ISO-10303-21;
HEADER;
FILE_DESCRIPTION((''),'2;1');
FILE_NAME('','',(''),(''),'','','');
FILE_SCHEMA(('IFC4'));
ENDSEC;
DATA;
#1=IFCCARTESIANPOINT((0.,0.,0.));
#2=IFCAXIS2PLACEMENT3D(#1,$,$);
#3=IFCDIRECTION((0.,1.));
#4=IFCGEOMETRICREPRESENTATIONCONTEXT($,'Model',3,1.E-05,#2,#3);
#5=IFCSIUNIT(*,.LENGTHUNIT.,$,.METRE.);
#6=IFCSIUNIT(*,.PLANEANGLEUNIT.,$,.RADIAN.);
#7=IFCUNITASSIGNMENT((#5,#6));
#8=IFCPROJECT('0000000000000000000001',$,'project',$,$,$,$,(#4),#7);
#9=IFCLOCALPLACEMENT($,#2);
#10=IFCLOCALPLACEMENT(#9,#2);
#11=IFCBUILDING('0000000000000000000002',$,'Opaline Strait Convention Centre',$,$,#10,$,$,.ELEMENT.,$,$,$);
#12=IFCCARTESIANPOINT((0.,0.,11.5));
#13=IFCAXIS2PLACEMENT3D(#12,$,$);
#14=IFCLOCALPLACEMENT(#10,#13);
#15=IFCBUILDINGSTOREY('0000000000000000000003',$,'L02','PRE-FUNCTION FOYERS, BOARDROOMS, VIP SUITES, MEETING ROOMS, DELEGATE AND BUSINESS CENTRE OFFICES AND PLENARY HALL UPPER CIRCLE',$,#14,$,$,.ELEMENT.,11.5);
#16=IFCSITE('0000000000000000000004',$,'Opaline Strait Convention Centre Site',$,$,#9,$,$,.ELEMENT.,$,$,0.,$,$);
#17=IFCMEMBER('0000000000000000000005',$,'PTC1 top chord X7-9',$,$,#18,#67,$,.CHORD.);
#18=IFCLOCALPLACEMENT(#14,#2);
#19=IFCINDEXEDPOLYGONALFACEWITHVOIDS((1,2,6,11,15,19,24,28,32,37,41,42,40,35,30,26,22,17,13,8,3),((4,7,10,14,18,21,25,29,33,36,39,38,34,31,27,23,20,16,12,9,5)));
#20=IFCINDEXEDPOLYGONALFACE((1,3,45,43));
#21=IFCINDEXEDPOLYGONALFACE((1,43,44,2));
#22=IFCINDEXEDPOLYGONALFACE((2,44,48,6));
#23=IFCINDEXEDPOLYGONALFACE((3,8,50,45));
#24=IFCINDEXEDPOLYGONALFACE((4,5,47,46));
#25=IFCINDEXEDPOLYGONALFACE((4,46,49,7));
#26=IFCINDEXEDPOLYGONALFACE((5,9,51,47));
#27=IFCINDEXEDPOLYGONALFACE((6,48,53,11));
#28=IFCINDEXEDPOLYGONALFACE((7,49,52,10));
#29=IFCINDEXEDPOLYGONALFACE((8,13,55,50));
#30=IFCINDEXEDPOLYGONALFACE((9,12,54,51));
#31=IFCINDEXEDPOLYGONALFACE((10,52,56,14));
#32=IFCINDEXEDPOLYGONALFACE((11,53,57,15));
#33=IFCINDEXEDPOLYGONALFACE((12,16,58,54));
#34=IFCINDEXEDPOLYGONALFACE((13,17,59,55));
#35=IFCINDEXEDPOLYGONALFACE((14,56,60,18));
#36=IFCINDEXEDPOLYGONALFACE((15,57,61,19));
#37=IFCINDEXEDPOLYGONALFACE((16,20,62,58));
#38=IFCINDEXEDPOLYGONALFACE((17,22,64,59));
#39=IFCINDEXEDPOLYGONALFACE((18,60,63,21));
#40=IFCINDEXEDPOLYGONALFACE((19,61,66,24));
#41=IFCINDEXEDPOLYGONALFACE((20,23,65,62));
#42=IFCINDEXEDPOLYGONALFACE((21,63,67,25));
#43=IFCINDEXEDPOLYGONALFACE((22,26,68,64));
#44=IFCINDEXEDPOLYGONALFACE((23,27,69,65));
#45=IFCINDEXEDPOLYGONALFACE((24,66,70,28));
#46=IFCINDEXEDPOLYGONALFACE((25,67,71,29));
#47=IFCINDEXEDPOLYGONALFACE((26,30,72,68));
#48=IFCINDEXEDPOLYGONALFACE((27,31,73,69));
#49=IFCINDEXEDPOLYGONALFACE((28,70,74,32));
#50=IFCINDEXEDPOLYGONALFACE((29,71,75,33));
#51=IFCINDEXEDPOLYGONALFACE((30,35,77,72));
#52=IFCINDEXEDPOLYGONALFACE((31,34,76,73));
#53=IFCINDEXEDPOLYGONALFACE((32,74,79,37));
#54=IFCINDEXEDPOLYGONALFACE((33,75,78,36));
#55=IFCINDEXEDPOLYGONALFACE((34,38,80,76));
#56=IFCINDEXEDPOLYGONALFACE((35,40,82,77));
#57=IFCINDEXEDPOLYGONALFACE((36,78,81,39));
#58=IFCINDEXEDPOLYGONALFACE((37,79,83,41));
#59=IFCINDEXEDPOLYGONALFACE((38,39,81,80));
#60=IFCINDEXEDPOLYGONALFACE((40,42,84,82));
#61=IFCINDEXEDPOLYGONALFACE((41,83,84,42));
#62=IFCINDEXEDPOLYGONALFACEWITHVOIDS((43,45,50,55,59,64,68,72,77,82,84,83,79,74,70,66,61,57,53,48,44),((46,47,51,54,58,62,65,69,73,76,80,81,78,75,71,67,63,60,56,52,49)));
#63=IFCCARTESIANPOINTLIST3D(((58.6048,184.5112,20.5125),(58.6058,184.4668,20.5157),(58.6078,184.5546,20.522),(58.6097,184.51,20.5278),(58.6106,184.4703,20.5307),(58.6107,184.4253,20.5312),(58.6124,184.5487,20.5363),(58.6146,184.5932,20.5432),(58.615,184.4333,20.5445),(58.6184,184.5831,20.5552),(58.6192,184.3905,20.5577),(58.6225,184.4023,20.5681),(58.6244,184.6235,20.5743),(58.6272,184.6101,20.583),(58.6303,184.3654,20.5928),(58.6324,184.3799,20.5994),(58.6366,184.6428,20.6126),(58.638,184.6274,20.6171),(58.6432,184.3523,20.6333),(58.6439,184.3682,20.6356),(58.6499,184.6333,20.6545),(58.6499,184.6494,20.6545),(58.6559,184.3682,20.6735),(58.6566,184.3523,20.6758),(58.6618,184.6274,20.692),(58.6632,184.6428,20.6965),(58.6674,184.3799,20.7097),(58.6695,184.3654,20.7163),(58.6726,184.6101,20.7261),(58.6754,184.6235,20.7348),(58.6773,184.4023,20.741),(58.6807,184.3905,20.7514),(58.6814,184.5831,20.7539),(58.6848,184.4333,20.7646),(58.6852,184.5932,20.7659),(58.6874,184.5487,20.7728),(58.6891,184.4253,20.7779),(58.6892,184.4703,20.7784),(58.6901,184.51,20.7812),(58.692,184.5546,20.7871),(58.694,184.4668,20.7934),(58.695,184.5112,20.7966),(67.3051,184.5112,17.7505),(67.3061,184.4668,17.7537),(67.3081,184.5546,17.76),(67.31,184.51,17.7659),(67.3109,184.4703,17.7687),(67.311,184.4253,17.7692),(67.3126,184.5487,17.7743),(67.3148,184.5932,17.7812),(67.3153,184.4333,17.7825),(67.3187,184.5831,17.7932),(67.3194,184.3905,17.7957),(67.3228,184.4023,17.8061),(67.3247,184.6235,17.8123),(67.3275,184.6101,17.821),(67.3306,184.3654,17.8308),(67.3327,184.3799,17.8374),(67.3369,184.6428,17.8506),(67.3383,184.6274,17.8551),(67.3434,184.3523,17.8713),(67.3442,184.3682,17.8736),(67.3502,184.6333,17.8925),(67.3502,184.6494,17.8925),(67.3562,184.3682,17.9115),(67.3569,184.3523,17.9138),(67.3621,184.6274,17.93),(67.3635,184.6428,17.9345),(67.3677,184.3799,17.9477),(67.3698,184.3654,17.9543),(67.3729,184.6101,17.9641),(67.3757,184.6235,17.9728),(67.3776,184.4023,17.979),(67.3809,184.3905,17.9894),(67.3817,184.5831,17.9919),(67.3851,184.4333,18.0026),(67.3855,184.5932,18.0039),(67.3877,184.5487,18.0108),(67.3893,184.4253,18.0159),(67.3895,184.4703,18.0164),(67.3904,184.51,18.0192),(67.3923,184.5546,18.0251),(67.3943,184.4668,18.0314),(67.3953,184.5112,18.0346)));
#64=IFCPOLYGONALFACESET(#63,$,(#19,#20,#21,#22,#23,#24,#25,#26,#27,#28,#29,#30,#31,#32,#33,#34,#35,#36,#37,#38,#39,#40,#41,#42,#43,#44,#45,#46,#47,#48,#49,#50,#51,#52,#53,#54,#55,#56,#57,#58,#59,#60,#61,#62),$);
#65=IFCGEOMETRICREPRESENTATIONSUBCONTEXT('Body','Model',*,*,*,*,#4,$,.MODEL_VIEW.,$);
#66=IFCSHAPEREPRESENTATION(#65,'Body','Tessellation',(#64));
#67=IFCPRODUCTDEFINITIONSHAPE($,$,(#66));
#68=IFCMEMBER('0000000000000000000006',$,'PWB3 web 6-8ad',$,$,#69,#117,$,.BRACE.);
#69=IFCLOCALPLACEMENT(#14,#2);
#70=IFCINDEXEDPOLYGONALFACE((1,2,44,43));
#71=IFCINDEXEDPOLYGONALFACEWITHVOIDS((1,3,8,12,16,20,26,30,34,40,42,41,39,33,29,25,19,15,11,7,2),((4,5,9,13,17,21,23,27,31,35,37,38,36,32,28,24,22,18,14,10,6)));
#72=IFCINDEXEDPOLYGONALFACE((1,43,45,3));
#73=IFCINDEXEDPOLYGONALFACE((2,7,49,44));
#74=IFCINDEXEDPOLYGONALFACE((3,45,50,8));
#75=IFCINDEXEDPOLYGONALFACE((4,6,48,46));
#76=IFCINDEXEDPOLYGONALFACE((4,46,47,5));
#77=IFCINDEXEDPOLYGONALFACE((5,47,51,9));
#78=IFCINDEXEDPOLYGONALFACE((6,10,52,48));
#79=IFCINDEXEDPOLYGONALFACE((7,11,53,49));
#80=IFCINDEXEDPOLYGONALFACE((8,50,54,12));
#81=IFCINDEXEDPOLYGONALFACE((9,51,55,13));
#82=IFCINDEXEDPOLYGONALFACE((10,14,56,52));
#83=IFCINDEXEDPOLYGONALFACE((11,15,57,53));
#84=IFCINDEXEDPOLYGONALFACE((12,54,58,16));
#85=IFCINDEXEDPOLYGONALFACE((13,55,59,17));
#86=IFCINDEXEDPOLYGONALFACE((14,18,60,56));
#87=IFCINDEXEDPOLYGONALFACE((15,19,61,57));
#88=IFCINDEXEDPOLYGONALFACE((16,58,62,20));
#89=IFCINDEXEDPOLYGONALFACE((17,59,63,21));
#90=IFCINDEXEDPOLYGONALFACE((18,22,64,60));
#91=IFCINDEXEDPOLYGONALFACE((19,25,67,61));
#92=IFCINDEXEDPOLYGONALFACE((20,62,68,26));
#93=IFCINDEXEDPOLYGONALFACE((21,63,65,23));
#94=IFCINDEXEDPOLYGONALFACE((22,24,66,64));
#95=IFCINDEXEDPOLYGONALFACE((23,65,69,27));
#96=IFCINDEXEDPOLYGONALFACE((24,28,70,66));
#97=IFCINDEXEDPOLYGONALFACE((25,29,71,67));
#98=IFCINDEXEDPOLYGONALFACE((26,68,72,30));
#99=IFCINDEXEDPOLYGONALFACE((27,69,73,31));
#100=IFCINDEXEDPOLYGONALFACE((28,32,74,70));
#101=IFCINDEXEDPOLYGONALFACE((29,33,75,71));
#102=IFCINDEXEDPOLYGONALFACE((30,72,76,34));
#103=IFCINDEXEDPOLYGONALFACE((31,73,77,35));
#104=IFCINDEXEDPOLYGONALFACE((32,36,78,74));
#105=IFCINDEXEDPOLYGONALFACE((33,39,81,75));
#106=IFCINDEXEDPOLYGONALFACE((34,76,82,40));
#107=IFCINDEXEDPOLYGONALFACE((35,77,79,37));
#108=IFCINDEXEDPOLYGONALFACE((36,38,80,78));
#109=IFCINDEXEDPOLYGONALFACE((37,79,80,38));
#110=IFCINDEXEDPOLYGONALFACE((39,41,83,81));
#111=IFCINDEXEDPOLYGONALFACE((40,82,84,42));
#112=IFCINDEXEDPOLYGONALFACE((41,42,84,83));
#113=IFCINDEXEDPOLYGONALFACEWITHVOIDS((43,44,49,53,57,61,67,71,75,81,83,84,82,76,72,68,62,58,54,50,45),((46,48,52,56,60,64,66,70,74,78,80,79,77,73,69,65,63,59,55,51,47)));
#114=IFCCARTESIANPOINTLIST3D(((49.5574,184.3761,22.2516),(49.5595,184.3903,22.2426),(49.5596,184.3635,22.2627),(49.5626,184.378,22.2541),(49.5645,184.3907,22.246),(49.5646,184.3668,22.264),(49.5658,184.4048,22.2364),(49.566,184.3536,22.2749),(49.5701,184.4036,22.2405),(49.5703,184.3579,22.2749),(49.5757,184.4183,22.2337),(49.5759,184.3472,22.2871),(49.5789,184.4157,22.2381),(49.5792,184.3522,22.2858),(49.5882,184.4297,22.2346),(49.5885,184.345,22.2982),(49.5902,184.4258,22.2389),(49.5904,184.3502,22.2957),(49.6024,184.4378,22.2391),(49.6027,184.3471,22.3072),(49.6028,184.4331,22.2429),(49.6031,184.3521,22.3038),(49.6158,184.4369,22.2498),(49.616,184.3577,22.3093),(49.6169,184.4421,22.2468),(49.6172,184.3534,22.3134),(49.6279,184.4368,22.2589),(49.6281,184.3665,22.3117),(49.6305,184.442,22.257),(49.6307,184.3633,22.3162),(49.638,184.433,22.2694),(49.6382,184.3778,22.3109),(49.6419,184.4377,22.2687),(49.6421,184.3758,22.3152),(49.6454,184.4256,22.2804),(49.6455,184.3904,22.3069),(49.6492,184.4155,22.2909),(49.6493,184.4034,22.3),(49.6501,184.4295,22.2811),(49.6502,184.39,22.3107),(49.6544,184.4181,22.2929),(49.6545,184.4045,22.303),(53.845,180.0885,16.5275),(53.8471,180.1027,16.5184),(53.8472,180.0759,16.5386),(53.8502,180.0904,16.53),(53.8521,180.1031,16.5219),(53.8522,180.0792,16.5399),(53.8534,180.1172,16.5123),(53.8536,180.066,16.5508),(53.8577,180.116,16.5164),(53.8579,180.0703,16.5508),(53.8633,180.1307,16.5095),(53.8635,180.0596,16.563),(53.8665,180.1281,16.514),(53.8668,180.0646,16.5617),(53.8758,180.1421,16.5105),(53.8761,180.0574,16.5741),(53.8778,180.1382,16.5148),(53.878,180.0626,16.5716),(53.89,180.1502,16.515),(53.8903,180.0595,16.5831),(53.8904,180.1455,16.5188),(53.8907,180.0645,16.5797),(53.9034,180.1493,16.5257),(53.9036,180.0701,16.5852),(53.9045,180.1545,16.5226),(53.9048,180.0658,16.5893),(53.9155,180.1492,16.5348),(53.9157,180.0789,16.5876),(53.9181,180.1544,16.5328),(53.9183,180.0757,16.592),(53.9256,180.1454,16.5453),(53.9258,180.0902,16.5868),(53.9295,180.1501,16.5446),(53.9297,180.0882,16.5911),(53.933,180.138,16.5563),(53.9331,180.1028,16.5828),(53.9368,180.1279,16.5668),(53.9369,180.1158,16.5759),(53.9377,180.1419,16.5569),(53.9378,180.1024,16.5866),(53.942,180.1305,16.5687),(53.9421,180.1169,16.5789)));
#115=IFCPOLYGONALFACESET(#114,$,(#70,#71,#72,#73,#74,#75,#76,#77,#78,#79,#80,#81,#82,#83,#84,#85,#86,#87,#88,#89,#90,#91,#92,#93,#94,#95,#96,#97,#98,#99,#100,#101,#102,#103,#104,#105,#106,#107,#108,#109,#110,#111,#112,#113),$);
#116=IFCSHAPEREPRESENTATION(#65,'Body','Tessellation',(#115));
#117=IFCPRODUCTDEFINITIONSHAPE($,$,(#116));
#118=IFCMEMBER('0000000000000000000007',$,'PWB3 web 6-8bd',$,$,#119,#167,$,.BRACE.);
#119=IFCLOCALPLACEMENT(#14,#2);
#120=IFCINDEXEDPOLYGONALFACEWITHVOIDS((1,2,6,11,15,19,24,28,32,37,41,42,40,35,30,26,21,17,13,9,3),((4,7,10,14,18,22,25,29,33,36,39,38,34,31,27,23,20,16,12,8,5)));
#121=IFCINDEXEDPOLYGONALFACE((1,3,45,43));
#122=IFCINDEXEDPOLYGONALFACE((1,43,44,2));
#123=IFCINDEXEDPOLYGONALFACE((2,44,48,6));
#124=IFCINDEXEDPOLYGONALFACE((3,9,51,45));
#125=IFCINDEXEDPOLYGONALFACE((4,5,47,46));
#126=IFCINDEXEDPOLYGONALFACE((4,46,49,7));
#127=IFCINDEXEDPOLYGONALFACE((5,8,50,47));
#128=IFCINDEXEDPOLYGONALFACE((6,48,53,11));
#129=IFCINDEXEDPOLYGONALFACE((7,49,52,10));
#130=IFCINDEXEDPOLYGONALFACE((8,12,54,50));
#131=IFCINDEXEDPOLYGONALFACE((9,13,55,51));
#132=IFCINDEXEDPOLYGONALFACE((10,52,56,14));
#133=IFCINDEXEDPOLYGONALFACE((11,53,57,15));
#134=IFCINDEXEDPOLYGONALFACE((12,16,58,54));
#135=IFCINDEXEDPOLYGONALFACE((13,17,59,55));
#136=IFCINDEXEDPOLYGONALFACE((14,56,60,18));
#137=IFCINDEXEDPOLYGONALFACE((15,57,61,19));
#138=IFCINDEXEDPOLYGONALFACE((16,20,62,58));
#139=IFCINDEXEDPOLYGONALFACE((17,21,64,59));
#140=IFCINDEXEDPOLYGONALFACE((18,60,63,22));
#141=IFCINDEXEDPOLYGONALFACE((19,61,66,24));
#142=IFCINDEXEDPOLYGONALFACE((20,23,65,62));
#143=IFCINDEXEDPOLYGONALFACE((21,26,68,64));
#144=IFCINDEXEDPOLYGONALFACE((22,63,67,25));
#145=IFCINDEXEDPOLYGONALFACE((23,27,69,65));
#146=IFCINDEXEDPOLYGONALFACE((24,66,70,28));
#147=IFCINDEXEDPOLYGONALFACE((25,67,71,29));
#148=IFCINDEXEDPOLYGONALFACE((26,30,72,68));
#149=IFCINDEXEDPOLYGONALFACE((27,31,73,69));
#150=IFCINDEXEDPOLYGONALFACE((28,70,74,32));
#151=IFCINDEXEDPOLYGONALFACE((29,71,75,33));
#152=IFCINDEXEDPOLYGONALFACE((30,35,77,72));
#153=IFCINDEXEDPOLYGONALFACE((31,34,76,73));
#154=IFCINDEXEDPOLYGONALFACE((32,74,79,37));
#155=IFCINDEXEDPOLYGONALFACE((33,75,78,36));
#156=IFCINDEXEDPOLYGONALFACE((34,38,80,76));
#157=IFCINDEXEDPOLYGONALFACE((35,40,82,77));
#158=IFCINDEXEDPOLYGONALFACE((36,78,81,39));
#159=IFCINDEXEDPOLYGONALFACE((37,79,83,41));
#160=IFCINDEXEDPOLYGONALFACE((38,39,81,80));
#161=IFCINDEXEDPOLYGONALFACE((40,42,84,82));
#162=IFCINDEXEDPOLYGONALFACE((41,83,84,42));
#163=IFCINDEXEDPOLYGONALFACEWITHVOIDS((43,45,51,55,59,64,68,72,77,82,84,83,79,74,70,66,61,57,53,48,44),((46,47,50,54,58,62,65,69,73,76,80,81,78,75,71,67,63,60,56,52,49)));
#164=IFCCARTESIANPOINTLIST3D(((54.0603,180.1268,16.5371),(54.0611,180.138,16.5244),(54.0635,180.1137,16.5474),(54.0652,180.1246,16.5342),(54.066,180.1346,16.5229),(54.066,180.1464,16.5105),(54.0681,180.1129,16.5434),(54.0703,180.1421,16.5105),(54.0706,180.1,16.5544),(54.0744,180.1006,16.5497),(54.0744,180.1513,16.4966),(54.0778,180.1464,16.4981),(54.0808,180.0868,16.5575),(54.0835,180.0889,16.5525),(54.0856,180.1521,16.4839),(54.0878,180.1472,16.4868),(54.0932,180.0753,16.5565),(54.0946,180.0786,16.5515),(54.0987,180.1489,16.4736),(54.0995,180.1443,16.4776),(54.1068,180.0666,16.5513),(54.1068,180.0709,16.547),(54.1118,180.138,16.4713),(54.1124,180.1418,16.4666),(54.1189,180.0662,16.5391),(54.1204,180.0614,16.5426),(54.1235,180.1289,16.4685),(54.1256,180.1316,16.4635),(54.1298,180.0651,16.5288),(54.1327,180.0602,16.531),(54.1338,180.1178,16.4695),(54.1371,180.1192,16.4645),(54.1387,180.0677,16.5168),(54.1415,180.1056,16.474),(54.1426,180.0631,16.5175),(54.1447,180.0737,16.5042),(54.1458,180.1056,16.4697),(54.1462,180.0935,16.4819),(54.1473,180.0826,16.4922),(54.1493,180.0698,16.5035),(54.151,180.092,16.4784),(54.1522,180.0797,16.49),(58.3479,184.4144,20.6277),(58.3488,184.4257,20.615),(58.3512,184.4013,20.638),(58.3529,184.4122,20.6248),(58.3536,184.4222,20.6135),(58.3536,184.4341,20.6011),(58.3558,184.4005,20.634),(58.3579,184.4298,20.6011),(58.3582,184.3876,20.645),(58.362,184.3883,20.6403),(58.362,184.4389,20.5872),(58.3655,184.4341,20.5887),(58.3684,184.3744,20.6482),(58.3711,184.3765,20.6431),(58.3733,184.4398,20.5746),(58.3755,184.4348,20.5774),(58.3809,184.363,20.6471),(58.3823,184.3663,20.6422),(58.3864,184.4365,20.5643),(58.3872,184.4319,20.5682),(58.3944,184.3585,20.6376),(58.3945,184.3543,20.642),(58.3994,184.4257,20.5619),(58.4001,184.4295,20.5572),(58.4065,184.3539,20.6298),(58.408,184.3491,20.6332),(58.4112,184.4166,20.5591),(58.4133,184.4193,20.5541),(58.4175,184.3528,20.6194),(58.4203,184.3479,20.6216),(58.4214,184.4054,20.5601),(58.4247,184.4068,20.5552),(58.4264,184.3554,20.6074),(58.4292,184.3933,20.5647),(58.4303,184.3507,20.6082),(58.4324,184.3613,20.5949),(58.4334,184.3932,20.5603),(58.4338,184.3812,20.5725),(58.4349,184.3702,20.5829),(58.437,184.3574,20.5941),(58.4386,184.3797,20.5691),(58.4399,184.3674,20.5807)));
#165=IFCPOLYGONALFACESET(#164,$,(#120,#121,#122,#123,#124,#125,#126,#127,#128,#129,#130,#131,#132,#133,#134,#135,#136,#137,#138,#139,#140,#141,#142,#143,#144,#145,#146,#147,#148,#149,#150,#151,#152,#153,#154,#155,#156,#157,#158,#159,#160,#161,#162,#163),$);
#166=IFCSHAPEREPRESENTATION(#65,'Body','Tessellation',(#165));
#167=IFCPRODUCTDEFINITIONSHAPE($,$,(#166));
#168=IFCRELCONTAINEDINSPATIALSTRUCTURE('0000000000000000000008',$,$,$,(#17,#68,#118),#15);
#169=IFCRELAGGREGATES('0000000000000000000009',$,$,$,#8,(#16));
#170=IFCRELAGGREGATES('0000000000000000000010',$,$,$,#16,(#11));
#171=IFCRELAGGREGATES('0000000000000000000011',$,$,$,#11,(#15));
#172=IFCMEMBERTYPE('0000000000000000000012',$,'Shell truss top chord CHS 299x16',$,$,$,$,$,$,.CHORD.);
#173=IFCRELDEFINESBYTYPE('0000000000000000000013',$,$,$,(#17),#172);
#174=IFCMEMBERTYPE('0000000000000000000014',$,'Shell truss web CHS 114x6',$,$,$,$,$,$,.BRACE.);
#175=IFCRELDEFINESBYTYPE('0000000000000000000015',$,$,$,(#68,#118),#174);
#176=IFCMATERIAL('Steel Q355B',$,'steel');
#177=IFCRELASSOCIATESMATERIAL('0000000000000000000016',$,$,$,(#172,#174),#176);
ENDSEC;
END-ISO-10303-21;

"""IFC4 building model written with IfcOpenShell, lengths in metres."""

from ifc_helpers import new_model, si_unit, direction, frame, origin, origin_2d, place, context, subcontext, project, spatial, hollow_circle, extrude, material, material_profile, profile_set, type_object, element, save


model = new_model("IFC4")

# Units and contexts
model_context = context("Model", 3, precision=1e-05, world=origin(), true_north=direction((0.0, 1.0)))
body_context = subcontext(model_context, "Body", "Model", "MODEL_VIEW")
ifc_project = project(units=[si_unit("LENGTHUNIT", "METRE"), si_unit("PLANEANGLEUNIT", "RADIAN")], contexts=[model_context])

# Site, building, storey
site_placement = place(None, origin())
site = spatial("IfcSite", under=ifc_project, at=site_placement, Name="Opaline Strait Convention Centre Site", CompositionType="ELEMENT", RefElevation=0.0)
building_placement = place(site_placement, origin())
building = spatial("IfcBuilding", under=site, at=building_placement, Name="Opaline Strait Convention Centre", CompositionType="ELEMENT")
storey_placement = place(building_placement, frame((0.0, 0.0, 11.5)))
storey = spatial("IfcBuildingStorey", under=building, at=storey_placement, Name="L02", Description="PRE-FUNCTION FOYERS, BOARDROOMS, VIP SUITES, MEETING ROOMS, DELEGATE AND BUSINESS CENTRE OFFICES AND PLENARY HALL UPPER CIRCLE", CompositionType="ELEMENT", Elevation=11.5)

# Members
ifc_material_1 = material(Name="Steel Q355B", Category="steel")
ifc_material_profile_1 = material_profile(ifc_material_1, hollow_circle(Radius=0.1494, WallThickness=0.0161, at=origin_2d()), Name="CHS 299x16")
ifc_profile_set_1 = profile_set([ifc_material_profile_1], Name="Steel Q355B")
member_type_1 = type_object("IfcMemberType", Name="Shell truss top chord CHS 299x16", PredefinedType="CHORD", material=ifc_profile_set_1)
member_1_placement = place(storey_placement, frame((58.6499, 184.5, 20.6545), z_axis=(0.953124, 0.0, -0.302579), x_axis=(0.0, 1.0, 0.0)))
element("IfcMember", 1, at=member_1_placement, inside=storey, type_object=member_type_1, Name="PTC1 top chord X7-9", PredefinedType="CHORD", context=body_context, shape_type="SweptSolid", body=[
    extrude(hollow_circle(Radius=0.1494, WallThickness=0.0161, at=origin_2d()), origin(), (0.0, 0.0, 1.0), 9.1282),
])
ifc_material_profile_2 = material_profile(ifc_material_1, hollow_circle(Radius=0.0569, WallThickness=0.0061, at=origin_2d()), Name="CHS 114x6")
ifc_profile_set_2 = profile_set([ifc_material_profile_2], Name="Steel Q355B")
member_type_2 = type_object("IfcMemberType", Name="Shell truss web CHS 114x6", PredefinedType="BRACE", material=ifc_profile_set_2)
member_2_placement = place(storey_placement, frame((53.8938, 180.1062, 16.5508), z_axis=(-0.514186, 0.514186, 0.686459), x_axis=(-0.707107, -0.707107, 0.0)))
element("IfcMember", 2, at=member_2_placement, inside=storey, type_object=member_type_2, Name="PWB3 web 6-8ad", PredefinedType="BRACE", context=body_context, shape_type="SweptSolid", body=[
    extrude(hollow_circle(Radius=0.0569, WallThickness=0.0061, at=origin_2d()), origin(), (0.0, 0.0, 1.0), 8.3386),
])
member_3_placement = place(storey_placement, frame((54.1062, 180.1062, 16.5105), z_axis=(0.586189, 0.586189, 0.559253), x_axis=(-0.707107, 0.707107, 0.0)))
element("IfcMember", 3, at=member_3_placement, inside=storey, type_object=member_type_2, Name="PWB3 web 6-8bd", PredefinedType="BRACE", context=body_context, shape_type="SweptSolid", body=[
    extrude(hollow_circle(Radius=0.0569, WallThickness=0.0061, at=origin_2d()), origin(), (0.0, 0.0, 1.0), 7.3145),
])

save(model, "model.ifc")
